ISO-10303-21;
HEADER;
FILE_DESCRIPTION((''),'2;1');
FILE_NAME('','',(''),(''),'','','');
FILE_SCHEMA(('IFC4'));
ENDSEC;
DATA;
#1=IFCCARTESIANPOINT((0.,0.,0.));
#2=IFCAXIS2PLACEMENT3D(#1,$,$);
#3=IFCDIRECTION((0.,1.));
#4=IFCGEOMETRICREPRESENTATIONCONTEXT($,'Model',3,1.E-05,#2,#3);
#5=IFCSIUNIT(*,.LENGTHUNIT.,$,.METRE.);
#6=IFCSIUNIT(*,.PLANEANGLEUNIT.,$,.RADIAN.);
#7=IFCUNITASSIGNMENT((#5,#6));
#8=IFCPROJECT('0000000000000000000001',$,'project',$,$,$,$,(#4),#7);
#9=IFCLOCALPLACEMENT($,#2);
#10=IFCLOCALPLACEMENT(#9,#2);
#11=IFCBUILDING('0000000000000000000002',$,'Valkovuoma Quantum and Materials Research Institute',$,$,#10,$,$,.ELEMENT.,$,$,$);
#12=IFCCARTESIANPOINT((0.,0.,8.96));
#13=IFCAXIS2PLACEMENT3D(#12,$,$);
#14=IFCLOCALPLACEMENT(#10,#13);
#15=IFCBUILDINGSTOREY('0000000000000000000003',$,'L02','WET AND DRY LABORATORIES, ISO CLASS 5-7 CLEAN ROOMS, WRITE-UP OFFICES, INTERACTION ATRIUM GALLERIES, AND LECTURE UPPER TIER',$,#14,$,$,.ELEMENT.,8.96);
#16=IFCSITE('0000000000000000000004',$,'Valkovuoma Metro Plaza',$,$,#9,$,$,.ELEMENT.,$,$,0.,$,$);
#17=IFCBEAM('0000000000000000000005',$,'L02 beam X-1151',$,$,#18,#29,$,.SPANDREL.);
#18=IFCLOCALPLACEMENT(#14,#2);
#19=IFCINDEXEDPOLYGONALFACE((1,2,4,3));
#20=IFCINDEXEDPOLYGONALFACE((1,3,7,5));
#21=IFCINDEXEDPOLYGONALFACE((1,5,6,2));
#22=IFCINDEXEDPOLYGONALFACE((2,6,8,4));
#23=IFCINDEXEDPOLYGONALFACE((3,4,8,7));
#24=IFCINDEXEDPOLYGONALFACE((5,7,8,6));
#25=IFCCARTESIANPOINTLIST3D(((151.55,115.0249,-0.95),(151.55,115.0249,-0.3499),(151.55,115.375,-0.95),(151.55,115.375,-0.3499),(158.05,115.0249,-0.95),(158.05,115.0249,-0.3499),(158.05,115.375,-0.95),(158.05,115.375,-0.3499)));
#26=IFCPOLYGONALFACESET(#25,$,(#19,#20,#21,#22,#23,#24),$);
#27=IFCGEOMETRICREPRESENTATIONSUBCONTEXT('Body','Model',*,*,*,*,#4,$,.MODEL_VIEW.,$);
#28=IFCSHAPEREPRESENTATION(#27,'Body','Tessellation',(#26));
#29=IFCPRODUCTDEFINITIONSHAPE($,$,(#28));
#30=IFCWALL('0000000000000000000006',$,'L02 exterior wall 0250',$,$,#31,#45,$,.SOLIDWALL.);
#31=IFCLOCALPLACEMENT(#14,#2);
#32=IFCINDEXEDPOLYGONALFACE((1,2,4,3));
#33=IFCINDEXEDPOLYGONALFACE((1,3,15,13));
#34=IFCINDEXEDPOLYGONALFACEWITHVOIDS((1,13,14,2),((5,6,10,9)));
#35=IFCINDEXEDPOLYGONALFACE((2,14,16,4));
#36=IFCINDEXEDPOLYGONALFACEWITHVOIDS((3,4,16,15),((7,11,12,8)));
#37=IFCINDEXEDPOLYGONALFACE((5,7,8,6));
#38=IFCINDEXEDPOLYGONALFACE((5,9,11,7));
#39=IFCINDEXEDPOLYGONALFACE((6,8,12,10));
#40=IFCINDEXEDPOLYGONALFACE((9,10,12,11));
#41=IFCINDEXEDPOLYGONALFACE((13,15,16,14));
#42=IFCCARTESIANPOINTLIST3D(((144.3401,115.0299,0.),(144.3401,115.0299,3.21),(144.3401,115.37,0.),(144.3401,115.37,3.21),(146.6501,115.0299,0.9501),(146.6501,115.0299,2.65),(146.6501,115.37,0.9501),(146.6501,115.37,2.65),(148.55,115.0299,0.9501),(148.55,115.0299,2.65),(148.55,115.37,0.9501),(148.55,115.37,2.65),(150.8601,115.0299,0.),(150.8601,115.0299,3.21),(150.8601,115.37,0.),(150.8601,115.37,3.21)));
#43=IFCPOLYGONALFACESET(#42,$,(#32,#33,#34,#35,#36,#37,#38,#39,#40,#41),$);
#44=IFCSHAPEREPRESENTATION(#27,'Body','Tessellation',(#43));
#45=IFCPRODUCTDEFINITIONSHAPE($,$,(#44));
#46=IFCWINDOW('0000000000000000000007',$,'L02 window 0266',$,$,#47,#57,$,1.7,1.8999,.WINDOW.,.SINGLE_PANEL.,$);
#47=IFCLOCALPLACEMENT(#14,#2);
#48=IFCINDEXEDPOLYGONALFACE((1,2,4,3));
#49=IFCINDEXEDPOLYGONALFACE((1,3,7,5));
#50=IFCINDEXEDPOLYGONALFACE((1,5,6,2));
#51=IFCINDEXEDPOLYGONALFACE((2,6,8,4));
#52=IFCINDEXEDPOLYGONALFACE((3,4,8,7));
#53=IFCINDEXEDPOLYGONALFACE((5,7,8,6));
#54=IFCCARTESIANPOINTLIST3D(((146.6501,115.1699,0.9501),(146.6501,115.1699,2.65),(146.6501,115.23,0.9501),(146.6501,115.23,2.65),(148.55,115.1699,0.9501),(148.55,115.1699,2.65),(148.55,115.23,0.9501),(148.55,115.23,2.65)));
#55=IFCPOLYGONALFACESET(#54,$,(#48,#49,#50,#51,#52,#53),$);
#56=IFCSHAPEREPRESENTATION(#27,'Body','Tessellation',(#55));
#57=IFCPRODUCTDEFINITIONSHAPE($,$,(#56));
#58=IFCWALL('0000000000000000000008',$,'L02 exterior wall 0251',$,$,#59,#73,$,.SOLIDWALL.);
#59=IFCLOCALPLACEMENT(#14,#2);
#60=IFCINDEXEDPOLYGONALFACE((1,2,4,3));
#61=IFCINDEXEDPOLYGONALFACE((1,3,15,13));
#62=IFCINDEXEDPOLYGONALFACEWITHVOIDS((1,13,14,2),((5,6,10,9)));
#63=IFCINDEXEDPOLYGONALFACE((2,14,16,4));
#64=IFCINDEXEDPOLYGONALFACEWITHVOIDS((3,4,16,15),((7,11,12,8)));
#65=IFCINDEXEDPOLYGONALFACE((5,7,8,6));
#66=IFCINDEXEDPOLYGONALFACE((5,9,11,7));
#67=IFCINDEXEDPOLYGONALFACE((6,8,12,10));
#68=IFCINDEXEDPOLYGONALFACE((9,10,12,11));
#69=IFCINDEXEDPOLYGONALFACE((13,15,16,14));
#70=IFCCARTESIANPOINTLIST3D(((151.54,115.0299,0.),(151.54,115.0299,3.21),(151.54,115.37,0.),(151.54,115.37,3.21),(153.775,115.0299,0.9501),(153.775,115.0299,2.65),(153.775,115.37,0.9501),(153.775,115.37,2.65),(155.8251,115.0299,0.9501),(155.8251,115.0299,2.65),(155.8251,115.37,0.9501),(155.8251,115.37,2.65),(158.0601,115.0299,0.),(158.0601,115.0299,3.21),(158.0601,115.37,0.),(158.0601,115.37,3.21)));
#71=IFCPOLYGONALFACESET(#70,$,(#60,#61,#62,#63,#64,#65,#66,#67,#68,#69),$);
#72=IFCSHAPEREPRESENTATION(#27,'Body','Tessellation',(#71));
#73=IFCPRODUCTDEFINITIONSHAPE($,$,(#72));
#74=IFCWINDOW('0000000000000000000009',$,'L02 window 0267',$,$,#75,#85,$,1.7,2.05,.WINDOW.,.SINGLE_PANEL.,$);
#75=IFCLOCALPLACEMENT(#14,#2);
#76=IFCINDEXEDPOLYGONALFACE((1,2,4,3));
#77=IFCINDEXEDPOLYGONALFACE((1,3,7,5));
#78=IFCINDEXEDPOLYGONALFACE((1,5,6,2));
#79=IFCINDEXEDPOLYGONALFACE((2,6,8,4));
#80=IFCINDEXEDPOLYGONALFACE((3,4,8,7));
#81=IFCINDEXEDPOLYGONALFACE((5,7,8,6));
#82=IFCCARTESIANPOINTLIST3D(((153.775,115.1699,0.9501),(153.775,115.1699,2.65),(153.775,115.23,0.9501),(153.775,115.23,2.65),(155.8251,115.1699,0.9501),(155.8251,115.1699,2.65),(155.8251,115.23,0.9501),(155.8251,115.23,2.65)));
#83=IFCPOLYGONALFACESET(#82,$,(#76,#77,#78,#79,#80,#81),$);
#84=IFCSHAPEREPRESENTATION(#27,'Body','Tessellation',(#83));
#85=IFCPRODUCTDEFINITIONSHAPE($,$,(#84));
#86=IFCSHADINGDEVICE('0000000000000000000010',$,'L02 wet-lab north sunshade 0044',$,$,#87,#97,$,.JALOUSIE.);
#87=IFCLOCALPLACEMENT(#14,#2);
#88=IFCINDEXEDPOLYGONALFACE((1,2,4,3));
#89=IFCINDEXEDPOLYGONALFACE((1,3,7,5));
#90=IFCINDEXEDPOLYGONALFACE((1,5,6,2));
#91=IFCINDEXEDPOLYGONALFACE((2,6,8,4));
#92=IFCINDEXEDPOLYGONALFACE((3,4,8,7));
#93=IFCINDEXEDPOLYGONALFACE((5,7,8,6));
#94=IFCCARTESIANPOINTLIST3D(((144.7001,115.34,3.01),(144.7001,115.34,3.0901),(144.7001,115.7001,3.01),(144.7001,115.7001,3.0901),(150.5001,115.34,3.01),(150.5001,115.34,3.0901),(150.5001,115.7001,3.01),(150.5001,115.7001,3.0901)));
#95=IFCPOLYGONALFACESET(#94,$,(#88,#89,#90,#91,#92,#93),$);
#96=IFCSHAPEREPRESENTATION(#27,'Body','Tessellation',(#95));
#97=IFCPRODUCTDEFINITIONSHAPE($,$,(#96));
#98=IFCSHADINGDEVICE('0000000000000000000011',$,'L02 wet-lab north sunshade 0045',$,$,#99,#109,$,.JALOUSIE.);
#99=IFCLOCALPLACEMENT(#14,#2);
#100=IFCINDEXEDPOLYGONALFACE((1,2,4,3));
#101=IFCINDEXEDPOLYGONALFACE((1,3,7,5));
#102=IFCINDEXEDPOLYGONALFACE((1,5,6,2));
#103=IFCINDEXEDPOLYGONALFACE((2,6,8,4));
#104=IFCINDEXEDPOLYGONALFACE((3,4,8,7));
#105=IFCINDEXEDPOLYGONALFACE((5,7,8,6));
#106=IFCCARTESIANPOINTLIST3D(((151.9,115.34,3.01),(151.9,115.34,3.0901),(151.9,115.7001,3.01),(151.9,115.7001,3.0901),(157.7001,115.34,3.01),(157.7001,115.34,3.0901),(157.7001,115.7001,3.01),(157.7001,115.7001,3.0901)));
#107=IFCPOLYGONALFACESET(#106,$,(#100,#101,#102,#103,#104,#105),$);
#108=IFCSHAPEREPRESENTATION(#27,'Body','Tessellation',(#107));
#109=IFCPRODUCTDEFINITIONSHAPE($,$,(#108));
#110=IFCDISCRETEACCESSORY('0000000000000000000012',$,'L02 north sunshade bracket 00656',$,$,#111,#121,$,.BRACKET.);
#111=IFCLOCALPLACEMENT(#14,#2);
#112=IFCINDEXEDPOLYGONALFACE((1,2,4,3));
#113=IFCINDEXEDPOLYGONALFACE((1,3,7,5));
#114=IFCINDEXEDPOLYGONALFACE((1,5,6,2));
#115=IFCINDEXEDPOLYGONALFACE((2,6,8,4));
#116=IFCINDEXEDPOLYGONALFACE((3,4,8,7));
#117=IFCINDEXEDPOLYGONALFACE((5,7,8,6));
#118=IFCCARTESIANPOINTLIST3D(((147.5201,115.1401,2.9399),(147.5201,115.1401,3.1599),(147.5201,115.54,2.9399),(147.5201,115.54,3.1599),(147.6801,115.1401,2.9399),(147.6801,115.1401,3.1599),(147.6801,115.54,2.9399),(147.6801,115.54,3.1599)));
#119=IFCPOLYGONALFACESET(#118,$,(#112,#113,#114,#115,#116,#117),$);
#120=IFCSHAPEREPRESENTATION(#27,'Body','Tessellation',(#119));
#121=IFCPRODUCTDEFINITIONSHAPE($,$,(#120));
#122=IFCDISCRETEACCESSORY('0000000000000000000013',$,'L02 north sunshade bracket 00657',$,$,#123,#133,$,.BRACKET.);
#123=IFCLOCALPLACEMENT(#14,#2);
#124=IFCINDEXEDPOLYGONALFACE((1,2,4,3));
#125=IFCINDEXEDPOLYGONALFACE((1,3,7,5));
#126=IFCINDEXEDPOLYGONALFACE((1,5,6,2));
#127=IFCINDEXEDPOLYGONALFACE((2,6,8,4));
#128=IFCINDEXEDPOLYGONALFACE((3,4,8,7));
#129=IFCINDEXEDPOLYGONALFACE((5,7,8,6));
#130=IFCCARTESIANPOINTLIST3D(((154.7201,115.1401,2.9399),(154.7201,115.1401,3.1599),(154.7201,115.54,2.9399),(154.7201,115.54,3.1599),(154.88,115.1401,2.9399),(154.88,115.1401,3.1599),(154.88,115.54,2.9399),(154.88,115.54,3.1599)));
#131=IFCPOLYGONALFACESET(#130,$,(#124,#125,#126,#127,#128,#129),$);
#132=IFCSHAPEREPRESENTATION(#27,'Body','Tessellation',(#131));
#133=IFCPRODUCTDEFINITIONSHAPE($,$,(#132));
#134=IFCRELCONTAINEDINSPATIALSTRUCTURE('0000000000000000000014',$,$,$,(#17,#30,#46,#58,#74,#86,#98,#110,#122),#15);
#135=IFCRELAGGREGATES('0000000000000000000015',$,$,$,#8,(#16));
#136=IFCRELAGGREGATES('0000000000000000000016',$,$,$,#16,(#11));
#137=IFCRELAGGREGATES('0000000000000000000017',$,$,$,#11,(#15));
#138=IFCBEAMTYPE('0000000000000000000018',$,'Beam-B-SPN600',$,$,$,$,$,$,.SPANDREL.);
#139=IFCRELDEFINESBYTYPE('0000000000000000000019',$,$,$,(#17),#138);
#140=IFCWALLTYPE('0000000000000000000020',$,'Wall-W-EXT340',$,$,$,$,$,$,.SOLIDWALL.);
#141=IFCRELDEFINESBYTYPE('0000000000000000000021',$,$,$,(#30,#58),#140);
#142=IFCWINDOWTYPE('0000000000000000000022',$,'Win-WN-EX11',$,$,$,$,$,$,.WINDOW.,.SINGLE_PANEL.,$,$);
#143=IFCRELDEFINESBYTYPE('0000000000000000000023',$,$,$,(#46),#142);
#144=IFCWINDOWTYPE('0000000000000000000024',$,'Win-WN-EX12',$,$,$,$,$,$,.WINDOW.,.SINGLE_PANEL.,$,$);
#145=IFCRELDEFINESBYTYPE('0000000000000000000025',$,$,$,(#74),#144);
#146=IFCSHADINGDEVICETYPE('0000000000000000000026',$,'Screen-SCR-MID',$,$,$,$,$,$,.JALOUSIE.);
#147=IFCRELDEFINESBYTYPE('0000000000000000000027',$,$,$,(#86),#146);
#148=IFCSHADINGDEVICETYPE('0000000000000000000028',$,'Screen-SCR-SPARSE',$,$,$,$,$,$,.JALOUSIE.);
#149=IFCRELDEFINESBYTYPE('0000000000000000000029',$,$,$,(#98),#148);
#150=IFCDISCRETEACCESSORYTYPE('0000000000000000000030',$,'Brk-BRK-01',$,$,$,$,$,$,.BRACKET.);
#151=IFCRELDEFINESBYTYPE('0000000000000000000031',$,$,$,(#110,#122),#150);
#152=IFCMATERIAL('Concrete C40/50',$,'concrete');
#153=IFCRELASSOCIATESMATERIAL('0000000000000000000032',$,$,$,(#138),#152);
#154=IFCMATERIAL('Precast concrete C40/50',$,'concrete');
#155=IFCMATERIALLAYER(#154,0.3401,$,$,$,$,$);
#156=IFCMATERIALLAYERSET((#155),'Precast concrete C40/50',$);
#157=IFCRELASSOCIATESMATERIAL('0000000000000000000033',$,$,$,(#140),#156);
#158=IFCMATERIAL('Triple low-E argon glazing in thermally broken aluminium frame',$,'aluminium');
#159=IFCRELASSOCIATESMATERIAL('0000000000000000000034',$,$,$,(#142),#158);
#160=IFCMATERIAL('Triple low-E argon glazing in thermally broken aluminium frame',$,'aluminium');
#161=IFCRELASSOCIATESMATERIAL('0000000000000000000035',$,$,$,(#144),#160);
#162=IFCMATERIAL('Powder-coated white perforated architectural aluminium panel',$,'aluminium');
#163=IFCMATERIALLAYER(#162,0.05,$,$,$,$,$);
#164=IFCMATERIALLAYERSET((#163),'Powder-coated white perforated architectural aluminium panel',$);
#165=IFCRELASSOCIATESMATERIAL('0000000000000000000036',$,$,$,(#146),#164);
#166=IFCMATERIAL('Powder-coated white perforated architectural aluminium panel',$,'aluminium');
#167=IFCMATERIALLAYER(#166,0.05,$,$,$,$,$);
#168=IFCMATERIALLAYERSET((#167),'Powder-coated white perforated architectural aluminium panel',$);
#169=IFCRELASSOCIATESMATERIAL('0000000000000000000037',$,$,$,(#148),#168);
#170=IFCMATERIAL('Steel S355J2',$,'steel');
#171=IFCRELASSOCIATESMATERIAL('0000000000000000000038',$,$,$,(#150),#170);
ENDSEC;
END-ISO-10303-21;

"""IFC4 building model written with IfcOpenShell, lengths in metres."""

from ifc_helpers import new_model, si_unit, direction, frame, frame_2d, origin, origin_2d, place, context, subcontext, project, spatial, rectangle, extrude, material, layer, layer_set, material_profile, profile_set, type_object, element, fill, save


model = new_model("IFC4")

# Units and contexts
model_context = context("Model", 3, precision=1e-05, world=origin(), true_north=direction((0.0, 1.0)))
body_context = subcontext(model_context, "Body", "Model", "MODEL_VIEW")
ifc_project = project(units=[si_unit("LENGTHUNIT", "METRE"), si_unit("PLANEANGLEUNIT", "RADIAN")], contexts=[model_context])

# Site, building, storey
site_placement = place(None, origin())
site = spatial("IfcSite", under=ifc_project, at=site_placement, Name="Valkovuoma Metro Plaza", CompositionType="ELEMENT", RefElevation=0.0)
building_placement = place(site_placement, origin())
building = spatial("IfcBuilding", under=site, at=building_placement, Name="Valkovuoma Quantum and Materials Research Institute", CompositionType="ELEMENT")
storey_placement = place(building_placement, frame((0.0, 0.0, 8.96)))
storey = spatial("IfcBuildingStorey", under=building, at=storey_placement, Name="L02", Description="WET AND DRY LABORATORIES, ISO CLASS 5-7 CLEAN ROOMS, WRITE-UP OFFICES, INTERACTION ATRIUM GALLERIES, AND LECTURE UPPER TIER", CompositionType="ELEMENT", Elevation=8.96)

# Beam
ifc_material_1 = material(Name="Concrete C40/50", Category="concrete")
ifc_material_profile_1 = material_profile(ifc_material_1, rectangle(XDim=0.3501, YDim=0.6001, at=origin_2d()), Name="Concrete C40/50")
ifc_profile_set_1 = profile_set([ifc_material_profile_1], Name="Concrete C40/50")
beam_type_1 = type_object("IfcBeamType", Name="Beam-B-SPN600", PredefinedType="SPANDREL", material=ifc_profile_set_1)
for number, where, z_axis, x_axis, name in (
    (1, (151.55, 115.2, -0.6499), (1.0, 0.0, 0.0), (0.0, 1.0, 0.0), "L02 beam X-1151"),
):
    element("IfcBeam", number, at=place(storey_placement, frame(where, z_axis=z_axis, x_axis=x_axis)), inside=storey, type_object=beam_type_1, Name=name, PredefinedType="SPANDREL", context=body_context, shape_type="SweptSolid", body=[
        extrude(rectangle(XDim=0.3501, YDim=0.6001, at=origin_2d()), origin(), (0.0, 0.0, 1.0), 6.5),
    ])

# Walls, openings, windows
ifc_material_2 = material(Name="Precast concrete C40/50", Category="concrete")
ifc_layer_1 = layer(ifc_material_2, 0.3401)
ifc_layer_set_1 = layer_set([ifc_layer_1], Name="Precast concrete C40/50")
wall_type = type_object("IfcWallType", Name="Wall-W-EXT340", PredefinedType="SOLIDWALL", material=ifc_layer_set_1)
wall_1_placement = place(storey_placement, frame((144.3401, 115.2, 0.0), z_axis=(0.0, 0.0, 1.0), x_axis=(1.0, 0.0, 0.0)))
wall_1 = element("IfcWall", 2, at=wall_1_placement, inside=storey, type_object=wall_type, Name="L02 exterior wall 0250", PredefinedType="SOLIDWALL", context=body_context, shape_type="SweptSolid", body=[
    extrude(rectangle(XDim=6.52, YDim=0.3401, at=frame_2d((3.26, 0.0))), origin(), (0.0, 0.0, 1.0), 3.21),
])
opening_1_placement = place(wall_1_placement, frame((2.3101, 0.0, 0.95)))
opening_1 = element("IfcOpeningElement", 3, at=opening_1_placement, cuts=wall_1, PredefinedType="OPENING", context=body_context, shape_type="SweptSolid", body=[
    extrude(rectangle(XDim=1.8999, YDim=1.7, at=frame_2d((0.95, 0.8501))), frame((0.0, 0.1802, 0.0), z_axis=(0.0, -1.0, 0.0), x_axis=(1.0, 0.0, 0.0)), (0.0, 0.0, 1.0), 0.3601),
])
ifc_material_3 = material(Name="Triple low-E argon glazing in thermally broken aluminium frame", Category="aluminium")
window_type_1 = type_object("IfcWindowType", Name="Win-WN-EX11", PartitioningType="SINGLE_PANEL", PredefinedType="WINDOW", material=ifc_material_3)
window_1_placement = place(opening_1_placement, origin())
window_1 = element("IfcWindow", 4, at=window_1_placement, inside=storey, type_object=window_type_1, Name="L02 window 0266", OverallHeight=1.7, OverallWidth=1.8999, PartitioningType="SINGLE_PANEL", PredefinedType="WINDOW", context=body_context, shape_type="SweptSolid", body=[
    extrude(rectangle(XDim=1.8999, YDim=1.7, at=frame_2d((0.95, 0.8501))), frame((0.0, 0.03, 0.0), z_axis=(0.0, -1.0, 0.0), x_axis=(1.0, 0.0, 0.0)), (0.0, 0.0, 1.0), 0.0601),
])
fill(opening_1, window_1)
wall_2_placement = place(storey_placement, frame((151.54, 115.2, 0.0), z_axis=(0.0, 0.0, 1.0), x_axis=(1.0, 0.0, 0.0)))
wall_2 = element("IfcWall", 5, at=wall_2_placement, inside=storey, type_object=wall_type, Name="L02 exterior wall 0251", PredefinedType="SOLIDWALL", context=body_context, shape_type="SweptSolid", body=[
    extrude(rectangle(XDim=6.52, YDim=0.3401, at=frame_2d((3.26, 0.0))), origin(), (0.0, 0.0, 1.0), 3.21),
])
opening_2_placement = place(wall_2_placement, frame((2.2351, 0.0, 0.95)))
opening_2 = element("IfcOpeningElement", 6, at=opening_2_placement, cuts=wall_2, PredefinedType="OPENING", context=body_context, shape_type="SweptSolid", body=[
    extrude(rectangle(XDim=2.05, YDim=1.7, at=frame_2d((1.0249, 0.8501))), frame((0.0, 0.1802, 0.0), z_axis=(0.0, -1.0, 0.0), x_axis=(1.0, 0.0, 0.0)), (0.0, 0.0, 1.0), 0.3601),
])
ifc_material_4 = material(Name="Triple low-E argon glazing in thermally broken aluminium frame", Category="aluminium")
window_type_2 = type_object("IfcWindowType", Name="Win-WN-EX12", PartitioningType="SINGLE_PANEL", PredefinedType="WINDOW", material=ifc_material_4)
window_2_placement = place(opening_2_placement, origin())
window_2 = element("IfcWindow", 7, at=window_2_placement, inside=storey, type_object=window_type_2, Name="L02 window 0267", OverallHeight=1.7, OverallWidth=2.05, PartitioningType="SINGLE_PANEL", PredefinedType="WINDOW", context=body_context, shape_type="SweptSolid", body=[
    extrude(rectangle(XDim=2.05, YDim=1.7, at=frame_2d((1.0249, 0.8501))), frame((0.0, 0.03, 0.0), z_axis=(0.0, -1.0, 0.0), x_axis=(1.0, 0.0, 0.0)), (0.0, 0.0, 1.0), 0.0601),
])
fill(opening_2, window_2)

# Shading devices
ifc_material_5 = material(Name="Powder-coated white perforated architectural aluminium panel", Category="aluminium")
ifc_layer_2 = layer(ifc_material_5, 0.05)
ifc_layer_set_2 = layer_set([ifc_layer_2], Name="Powder-coated white perforated architectural aluminium panel")
shading_device_type_1 = type_object("IfcShadingDeviceType", Name="Screen-SCR-MID", PredefinedType="JALOUSIE", material=ifc_layer_set_2)
shading_device_1_placement = place(storey_placement, frame((147.6001, 115.52, 3.01), z_axis=(0.0, 0.0, 1.0), x_axis=(1.0, 0.0, 0.0)))
element("IfcShadingDevice", 8, at=shading_device_1_placement, inside=storey, type_object=shading_device_type_1, Name="L02 wet-lab north sunshade 0044", PredefinedType="JALOUSIE", context=body_context, shape_type="SweptSolid", body=[
    extrude(rectangle(XDim=5.8, YDim=0.3601, at=origin_2d()), origin(), (0.0, 0.0, 1.0), 0.0801),
])
ifc_material_6 = material(Name="Powder-coated white perforated architectural aluminium panel", Category="aluminium")
ifc_layer_3 = layer(ifc_material_6, 0.05)
ifc_layer_set_3 = layer_set([ifc_layer_3], Name="Powder-coated white perforated architectural aluminium panel")
shading_device_type_2 = type_object("IfcShadingDeviceType", Name="Screen-SCR-SPARSE", PredefinedType="JALOUSIE", material=ifc_layer_set_3)
shading_device_2_placement = place(storey_placement, frame((154.8, 115.52, 3.01), z_axis=(0.0, 0.0, 1.0), x_axis=(1.0, 0.0, 0.0)))
element("IfcShadingDevice", 9, at=shading_device_2_placement, inside=storey, type_object=shading_device_type_2, Name="L02 wet-lab north sunshade 0045", PredefinedType="JALOUSIE", context=body_context, shape_type="SweptSolid", body=[
    extrude(rectangle(XDim=5.8, YDim=0.3601, at=origin_2d()), origin(), (0.0, 0.0, 1.0), 0.0801),
])

# Discrete accessories
ifc_material_7 = material(Name="Steel S355J2", Category="steel")
discrete_accessory_type = type_object("IfcDiscreteAccessoryType", Name="Brk-BRK-01", PredefinedType="BRACKET", material=ifc_material_7)
for number, where, z_axis, x_axis, name in (
    (10, (147.6001, 115.3401, 2.9399), (0.0, 0.0, 1.0), (1.0, 0.0, 0.0), "L02 north sunshade bracket 00656"),
    (11, (154.8, 115.3401, 2.9399), (0.0, 0.0, 1.0), (1.0, 0.0, 0.0), "L02 north sunshade bracket 00657"),
):
    element("IfcDiscreteAccessory", number, at=place(storey_placement, frame(where, z_axis=z_axis, x_axis=x_axis)), inside=storey, type_object=discrete_accessory_type, Name=name, PredefinedType="BRACKET", context=body_context, shape_type="SweptSolid", body=[
        extrude(rectangle(XDim=0.1599, YDim=0.3999, at=origin_2d()), origin(), (0.0, 0.0, 1.0), 0.22),
    ])

save(model, "model.ifc")
